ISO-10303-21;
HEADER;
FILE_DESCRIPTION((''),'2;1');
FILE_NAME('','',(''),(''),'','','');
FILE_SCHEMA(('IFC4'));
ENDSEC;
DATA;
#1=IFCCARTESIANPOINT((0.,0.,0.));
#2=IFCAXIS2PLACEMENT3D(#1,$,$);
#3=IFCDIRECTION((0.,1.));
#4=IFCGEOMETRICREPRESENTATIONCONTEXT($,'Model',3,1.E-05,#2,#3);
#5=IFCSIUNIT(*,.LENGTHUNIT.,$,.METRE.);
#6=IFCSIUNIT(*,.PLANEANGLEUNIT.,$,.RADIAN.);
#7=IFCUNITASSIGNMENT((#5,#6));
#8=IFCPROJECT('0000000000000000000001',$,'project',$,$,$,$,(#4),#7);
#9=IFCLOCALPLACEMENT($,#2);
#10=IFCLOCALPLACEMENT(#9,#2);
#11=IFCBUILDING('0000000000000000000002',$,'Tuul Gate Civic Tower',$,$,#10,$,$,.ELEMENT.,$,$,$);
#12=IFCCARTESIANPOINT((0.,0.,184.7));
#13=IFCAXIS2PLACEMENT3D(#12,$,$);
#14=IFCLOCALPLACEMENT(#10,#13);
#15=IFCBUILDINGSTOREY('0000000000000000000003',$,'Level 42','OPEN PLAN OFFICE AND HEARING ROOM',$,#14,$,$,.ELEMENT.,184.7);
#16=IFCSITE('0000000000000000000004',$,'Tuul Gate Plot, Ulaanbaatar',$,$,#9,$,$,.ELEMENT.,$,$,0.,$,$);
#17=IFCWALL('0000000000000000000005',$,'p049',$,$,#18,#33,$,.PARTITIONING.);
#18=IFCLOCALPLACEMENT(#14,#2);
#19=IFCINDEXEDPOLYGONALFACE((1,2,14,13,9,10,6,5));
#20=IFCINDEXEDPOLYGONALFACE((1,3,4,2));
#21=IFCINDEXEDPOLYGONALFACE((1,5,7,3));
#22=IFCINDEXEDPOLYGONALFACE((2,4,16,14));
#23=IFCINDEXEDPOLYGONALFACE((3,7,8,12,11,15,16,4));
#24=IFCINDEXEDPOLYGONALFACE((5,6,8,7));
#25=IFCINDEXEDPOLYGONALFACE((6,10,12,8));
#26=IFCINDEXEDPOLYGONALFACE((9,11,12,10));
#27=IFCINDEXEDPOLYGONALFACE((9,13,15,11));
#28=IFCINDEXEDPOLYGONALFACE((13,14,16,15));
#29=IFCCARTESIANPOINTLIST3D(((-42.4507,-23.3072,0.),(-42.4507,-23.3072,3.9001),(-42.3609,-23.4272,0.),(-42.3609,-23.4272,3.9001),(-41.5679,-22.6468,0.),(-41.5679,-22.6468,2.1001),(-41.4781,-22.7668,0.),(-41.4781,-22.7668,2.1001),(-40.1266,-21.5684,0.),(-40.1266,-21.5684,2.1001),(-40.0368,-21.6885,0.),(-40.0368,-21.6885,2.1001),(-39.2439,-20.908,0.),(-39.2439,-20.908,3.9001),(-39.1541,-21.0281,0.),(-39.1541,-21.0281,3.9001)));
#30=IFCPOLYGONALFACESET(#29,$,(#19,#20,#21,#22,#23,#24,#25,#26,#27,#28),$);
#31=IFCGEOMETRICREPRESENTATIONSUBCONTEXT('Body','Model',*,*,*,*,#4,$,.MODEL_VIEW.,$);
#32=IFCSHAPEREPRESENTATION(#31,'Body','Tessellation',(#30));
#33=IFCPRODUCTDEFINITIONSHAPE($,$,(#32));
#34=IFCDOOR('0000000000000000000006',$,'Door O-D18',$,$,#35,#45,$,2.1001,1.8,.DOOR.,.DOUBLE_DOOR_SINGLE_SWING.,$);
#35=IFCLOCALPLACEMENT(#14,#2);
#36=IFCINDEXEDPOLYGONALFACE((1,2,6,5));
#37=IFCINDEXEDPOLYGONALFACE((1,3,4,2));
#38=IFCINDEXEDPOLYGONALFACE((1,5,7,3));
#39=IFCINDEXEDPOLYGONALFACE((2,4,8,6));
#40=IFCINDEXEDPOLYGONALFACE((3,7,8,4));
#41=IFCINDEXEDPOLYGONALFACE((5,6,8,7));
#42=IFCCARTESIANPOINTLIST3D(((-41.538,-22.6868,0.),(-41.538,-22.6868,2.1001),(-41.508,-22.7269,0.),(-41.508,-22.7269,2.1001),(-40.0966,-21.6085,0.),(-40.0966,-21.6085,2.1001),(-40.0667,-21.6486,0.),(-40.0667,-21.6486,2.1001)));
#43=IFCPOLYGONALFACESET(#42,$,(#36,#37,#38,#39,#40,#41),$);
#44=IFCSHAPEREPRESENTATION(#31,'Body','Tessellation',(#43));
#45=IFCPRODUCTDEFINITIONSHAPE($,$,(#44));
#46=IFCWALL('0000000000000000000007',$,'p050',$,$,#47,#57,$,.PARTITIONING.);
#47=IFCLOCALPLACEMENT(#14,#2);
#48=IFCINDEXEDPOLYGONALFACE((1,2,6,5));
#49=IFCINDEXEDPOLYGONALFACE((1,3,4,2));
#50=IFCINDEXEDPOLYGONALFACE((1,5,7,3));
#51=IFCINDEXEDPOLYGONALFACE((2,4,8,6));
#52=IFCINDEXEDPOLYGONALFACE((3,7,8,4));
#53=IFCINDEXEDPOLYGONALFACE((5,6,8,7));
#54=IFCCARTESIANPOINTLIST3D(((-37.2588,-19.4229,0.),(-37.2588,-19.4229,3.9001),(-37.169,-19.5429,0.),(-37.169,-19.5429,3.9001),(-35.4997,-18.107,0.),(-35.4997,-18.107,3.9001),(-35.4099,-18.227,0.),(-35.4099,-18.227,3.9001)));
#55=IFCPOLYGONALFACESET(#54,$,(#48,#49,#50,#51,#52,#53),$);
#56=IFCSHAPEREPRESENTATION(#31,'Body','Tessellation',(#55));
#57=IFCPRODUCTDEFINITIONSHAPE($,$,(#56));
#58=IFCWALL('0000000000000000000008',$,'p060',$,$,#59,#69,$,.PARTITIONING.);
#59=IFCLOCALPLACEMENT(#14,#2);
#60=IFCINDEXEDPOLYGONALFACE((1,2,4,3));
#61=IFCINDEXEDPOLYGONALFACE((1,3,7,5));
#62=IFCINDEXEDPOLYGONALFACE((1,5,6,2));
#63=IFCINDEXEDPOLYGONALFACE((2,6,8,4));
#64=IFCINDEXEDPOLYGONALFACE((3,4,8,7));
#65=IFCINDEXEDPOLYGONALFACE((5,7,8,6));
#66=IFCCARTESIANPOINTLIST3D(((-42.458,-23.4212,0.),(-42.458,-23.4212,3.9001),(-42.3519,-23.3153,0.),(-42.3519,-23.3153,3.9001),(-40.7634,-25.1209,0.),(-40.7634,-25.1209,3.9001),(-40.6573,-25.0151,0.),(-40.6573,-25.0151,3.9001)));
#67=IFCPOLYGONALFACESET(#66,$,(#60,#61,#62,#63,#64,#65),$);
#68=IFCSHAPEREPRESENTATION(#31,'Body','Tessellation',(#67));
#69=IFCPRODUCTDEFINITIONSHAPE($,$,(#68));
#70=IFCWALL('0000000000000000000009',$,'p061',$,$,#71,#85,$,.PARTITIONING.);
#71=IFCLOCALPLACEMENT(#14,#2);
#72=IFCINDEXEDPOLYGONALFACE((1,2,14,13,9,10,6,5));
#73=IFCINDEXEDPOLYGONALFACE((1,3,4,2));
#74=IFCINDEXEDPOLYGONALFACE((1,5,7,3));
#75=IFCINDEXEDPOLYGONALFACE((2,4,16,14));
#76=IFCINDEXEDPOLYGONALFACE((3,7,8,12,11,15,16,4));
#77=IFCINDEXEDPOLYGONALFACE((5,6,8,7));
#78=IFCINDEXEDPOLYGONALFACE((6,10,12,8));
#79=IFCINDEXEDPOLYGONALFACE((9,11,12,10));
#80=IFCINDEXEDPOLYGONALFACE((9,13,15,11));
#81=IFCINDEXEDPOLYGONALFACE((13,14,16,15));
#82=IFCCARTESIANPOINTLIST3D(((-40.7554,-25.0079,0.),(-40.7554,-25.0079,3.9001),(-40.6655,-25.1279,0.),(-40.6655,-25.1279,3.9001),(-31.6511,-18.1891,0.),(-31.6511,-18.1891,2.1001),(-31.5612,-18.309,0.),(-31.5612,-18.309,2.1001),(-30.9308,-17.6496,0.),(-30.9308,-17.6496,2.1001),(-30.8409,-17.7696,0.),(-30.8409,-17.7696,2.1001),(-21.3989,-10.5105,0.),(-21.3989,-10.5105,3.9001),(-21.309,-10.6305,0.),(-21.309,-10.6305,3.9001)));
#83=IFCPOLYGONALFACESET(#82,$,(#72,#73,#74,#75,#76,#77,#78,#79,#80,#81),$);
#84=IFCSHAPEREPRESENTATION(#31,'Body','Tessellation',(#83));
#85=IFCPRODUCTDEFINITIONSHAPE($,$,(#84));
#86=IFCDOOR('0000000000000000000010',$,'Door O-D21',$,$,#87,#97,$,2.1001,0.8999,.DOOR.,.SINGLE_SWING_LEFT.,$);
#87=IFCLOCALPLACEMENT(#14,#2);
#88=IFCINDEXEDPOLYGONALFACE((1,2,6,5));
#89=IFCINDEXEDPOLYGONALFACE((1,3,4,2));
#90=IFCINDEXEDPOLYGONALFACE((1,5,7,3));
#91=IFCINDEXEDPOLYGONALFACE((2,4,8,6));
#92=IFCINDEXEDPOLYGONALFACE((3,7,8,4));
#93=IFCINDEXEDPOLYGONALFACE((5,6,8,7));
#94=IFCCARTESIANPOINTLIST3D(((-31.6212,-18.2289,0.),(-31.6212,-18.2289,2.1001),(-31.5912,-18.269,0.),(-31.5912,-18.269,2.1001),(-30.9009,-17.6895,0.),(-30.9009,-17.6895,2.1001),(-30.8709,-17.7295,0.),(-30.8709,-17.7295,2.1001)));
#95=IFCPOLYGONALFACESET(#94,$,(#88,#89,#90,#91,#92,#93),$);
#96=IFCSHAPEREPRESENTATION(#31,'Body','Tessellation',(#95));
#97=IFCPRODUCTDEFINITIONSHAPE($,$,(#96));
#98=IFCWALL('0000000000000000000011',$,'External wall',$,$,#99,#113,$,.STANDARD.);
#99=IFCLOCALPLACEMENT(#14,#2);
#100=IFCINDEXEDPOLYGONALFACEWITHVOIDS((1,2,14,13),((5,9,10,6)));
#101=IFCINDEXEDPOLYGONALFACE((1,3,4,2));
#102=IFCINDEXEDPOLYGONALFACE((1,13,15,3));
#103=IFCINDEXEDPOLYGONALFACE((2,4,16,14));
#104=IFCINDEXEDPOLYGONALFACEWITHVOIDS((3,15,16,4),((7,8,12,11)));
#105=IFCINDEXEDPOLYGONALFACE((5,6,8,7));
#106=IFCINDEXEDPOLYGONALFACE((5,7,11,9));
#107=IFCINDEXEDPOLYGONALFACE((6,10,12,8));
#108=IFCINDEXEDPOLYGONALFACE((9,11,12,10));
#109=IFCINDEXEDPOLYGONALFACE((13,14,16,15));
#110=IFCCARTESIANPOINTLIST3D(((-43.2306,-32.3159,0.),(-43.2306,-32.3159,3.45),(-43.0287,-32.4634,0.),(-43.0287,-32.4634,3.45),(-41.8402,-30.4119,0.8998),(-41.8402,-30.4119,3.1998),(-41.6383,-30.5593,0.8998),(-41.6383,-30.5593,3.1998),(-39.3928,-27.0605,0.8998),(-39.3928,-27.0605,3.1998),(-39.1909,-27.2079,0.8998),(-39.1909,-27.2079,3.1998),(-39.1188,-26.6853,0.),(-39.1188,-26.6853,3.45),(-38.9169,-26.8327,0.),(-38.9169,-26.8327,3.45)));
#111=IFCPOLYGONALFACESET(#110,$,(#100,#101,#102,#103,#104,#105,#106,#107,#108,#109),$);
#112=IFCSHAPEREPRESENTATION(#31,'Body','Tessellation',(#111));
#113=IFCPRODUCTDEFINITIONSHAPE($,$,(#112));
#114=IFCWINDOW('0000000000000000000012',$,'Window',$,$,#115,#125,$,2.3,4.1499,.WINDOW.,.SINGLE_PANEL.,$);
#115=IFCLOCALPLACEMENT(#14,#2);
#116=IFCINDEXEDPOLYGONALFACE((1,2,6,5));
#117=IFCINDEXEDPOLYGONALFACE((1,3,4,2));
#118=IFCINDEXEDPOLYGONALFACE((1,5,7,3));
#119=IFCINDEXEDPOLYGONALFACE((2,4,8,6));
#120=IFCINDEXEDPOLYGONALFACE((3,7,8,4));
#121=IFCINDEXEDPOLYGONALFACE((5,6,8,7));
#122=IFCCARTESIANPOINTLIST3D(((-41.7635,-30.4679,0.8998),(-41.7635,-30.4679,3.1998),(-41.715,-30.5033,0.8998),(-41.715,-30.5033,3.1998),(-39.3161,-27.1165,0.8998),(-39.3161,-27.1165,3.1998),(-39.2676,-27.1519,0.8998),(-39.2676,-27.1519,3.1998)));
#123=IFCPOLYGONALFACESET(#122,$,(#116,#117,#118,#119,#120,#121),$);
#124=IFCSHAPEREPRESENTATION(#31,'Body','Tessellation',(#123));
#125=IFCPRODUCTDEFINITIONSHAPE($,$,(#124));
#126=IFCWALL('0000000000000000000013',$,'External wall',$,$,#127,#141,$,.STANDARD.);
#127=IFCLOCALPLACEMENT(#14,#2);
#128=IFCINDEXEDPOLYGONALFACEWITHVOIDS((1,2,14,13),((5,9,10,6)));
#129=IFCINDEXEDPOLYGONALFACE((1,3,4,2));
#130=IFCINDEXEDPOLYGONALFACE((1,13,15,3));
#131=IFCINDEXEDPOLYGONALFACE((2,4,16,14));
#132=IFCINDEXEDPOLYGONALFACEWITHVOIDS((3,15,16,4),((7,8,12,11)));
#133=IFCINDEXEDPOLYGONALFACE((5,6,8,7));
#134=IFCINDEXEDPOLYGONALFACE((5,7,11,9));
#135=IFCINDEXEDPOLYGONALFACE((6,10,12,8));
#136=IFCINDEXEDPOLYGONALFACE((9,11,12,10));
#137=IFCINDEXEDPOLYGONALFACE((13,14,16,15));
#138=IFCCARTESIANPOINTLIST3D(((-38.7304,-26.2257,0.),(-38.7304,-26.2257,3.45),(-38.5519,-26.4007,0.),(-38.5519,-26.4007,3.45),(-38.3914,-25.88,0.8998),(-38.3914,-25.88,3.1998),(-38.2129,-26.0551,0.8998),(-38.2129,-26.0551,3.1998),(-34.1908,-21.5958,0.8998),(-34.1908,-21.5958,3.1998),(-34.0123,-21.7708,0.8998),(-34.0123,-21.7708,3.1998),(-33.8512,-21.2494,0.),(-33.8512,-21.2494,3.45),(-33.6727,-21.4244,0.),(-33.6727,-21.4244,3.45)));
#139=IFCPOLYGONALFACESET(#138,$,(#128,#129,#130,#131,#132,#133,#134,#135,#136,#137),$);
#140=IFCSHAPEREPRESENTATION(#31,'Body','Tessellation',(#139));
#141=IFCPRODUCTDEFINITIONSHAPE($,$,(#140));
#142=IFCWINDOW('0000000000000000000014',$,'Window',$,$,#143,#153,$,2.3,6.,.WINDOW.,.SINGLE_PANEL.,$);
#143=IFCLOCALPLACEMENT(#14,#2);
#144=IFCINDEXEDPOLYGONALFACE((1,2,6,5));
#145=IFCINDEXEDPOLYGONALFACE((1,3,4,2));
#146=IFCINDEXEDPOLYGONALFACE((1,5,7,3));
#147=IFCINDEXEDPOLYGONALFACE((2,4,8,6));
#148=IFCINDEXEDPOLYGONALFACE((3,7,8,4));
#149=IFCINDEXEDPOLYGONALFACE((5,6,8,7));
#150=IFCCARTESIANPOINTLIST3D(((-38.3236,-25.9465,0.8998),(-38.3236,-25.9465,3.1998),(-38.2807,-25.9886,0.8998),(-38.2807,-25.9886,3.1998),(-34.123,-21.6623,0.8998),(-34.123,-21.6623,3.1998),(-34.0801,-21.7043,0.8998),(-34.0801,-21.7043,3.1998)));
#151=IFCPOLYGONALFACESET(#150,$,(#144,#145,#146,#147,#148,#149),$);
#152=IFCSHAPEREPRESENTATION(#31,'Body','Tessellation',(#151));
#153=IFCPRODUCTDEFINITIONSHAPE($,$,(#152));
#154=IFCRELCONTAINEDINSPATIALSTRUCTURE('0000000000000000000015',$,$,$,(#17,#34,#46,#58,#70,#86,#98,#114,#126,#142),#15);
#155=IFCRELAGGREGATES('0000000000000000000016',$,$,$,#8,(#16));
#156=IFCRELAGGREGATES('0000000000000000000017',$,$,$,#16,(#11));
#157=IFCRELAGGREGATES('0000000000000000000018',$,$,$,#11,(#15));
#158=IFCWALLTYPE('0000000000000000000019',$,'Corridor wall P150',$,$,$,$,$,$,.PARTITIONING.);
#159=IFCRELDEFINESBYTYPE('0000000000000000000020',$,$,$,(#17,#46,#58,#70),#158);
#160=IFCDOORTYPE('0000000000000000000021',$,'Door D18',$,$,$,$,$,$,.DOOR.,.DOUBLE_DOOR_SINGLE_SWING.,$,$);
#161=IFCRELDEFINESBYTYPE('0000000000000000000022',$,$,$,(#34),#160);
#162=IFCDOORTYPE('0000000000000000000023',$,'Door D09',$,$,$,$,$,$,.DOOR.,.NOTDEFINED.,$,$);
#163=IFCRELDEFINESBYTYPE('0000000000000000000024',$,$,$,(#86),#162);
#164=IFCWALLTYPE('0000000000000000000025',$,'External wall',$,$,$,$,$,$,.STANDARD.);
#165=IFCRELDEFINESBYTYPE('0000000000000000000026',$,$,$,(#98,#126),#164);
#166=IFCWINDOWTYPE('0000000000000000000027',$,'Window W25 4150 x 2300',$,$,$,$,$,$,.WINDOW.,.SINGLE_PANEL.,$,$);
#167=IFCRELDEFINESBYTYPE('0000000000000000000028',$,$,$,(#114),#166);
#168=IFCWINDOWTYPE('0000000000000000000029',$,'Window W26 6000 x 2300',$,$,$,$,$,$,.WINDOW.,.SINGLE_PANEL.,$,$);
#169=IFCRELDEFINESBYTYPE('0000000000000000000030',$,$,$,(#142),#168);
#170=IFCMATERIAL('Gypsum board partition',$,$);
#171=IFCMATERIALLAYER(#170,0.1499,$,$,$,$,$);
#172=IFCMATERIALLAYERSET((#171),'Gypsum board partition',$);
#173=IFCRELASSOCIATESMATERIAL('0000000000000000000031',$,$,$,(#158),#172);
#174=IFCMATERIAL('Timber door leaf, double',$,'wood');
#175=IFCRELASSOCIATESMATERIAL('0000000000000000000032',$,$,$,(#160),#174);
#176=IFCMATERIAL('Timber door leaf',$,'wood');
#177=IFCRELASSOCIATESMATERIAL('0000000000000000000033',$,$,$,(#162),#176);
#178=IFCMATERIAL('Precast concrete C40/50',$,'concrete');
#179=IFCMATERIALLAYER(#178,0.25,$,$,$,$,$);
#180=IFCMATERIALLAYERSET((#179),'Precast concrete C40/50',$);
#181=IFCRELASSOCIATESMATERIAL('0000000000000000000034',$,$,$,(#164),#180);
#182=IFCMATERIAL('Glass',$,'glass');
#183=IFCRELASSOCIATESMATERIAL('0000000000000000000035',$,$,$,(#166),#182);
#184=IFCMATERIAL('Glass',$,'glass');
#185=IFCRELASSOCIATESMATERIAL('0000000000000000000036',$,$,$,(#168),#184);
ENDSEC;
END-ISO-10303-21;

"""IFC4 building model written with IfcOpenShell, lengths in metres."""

from ifc_helpers import new_model, si_unit, direction, frame, frame_2d, origin, place, context, subcontext, project, spatial, rectangle, extrude, material, layer, layer_set, type_object, element, fill, save


model = new_model("IFC4")

# Units and contexts
model_context = context("Model", 3, precision=1e-05, world=origin(), true_north=direction((0.0, 1.0)))
body_context = subcontext(model_context, "Body", "Model", "MODEL_VIEW")
ifc_project = project(units=[si_unit("LENGTHUNIT", "METRE"), si_unit("PLANEANGLEUNIT", "RADIAN")], contexts=[model_context])

# Site, building, storey
site_placement = place(None, origin())
site = spatial("IfcSite", under=ifc_project, at=site_placement, Name="Tuul Gate Plot, Ulaanbaatar", CompositionType="ELEMENT", RefElevation=0.0)
building_placement = place(site_placement, origin())
building = spatial("IfcBuilding", under=site, at=building_placement, Name="Tuul Gate Civic Tower", CompositionType="ELEMENT")
storey_placement = place(building_placement, frame((0.0, 0.0, 184.7)))
storey = spatial("IfcBuildingStorey", under=building, at=storey_placement, Name="Level 42", Description="OPEN PLAN OFFICE AND HEARING ROOM", CompositionType="ELEMENT", Elevation=184.7)

# Wall, opening, door
ifc_material_1 = material(Name="Gypsum board partition")
ifc_layer_1 = layer(ifc_material_1, 0.1499)
ifc_layer_set_1 = layer_set([ifc_layer_1], Name="Gypsum board partition")
wall_type_1 = type_object("IfcWallType", Name="Corridor wall P150", PredefinedType="PARTITIONING", material=ifc_layer_set_1)
wall_1_placement = place(storey_placement, frame((-42.4058, -23.3672, 0.0), z_axis=(0.0, 0.0, 1.0), x_axis=(0.800709, 0.599053, 0.0)))
wall_1 = element("IfcWall", 1, at=wall_1_placement, inside=storey, type_object=wall_type_1, Name="p049", PredefinedType="PARTITIONING", context=body_context, shape_type="SweptSolid", body=[
    extrude(rectangle(XDim=4.0049, YDim=0.1499, at=frame_2d((2.0024, 0.0))), origin(), (0.0, 0.0, 1.0), 3.9001),
])
opening_1_placement = place(wall_1_placement, frame((1.1025, 0.0, 0.0)))
opening_1 = element("IfcOpeningElement", 2, at=opening_1_placement, cuts=wall_1, PredefinedType="OPENING", context=body_context, shape_type="SweptSolid", body=[
    extrude(rectangle(XDim=1.8, YDim=2.1001, at=frame_2d((0.8999, 1.05))), frame((0.0, 0.085, 0.0), z_axis=(0.0, -1.0, 0.0), x_axis=(1.0, 0.0, 0.0)), (0.0, 0.0, 1.0), 0.1699),
])
ifc_material_2 = material(Name="Timber door leaf, double", Category="wood")
door_type_1 = type_object("IfcDoorType", Name="Door D18", OperationType="DOUBLE_DOOR_SINGLE_SWING", PredefinedType="DOOR", material=ifc_material_2)
door_1_placement = place(opening_1_placement, origin())
door_1 = element("IfcDoor", 3, at=door_1_placement, inside=storey, type_object=door_type_1, Name="Door O-D18", OperationType="DOUBLE_DOOR_SINGLE_SWING", OverallHeight=2.1001, OverallWidth=1.8, PredefinedType="DOOR", context=body_context, shape_type="SweptSolid", body=[
    extrude(rectangle(XDim=1.8, YDim=2.1001, at=frame_2d((0.8999, 1.05))), frame((0.0, 0.0249, 0.0), z_axis=(0.0, -1.0, 0.0), x_axis=(1.0, 0.0, 0.0)), (0.0, 0.0, 1.0), 0.05),
])
fill(opening_1, door_1)

# Walls
wall_2_placement = place(storey_placement, frame((-37.2139, -19.4829, 0.0), z_axis=(0.0, 0.0, 1.0), x_axis=(0.800733, 0.599022, 0.0)))
element("IfcWall", 4, at=wall_2_placement, inside=storey, type_object=wall_type_1, Name="p050", PredefinedType="PARTITIONING", context=body_context, shape_type="SweptSolid", body=[
    extrude(rectangle(XDim=2.1968, YDim=0.1499, at=frame_2d((1.0984, 0.0))), origin(), (0.0, 0.0, 1.0), 3.9001),
])
wall_3_placement = place(storey_placement, frame((-42.405, -23.3682, 0.0), z_axis=(0.0, 0.0, 1.0), x_axis=(0.706038, -0.708174, 0.0)))
element("IfcWall", 5, at=wall_3_placement, inside=storey, type_object=wall_type_1, Name="p060", PredefinedType="PARTITIONING", context=body_context, shape_type="SweptSolid", body=[
    extrude(rectangle(XDim=2.4001, YDim=0.1499, at=frame_2d((1.2002, 0.0))), origin(), (0.0, 0.0, 1.0), 3.9001),
])

# Wall, opening, door
wall_4_placement = place(storey_placement, frame((-40.7104, -25.0679, 0.0), z_axis=(0.0, 0.0, 1.0), x_axis=(0.800397, 0.59947, 0.0)))
wall_4 = element("IfcWall", 6, at=wall_4_placement, inside=storey, type_object=wall_type_1, Name="p061", PredefinedType="PARTITIONING", context=body_context, shape_type="SweptSolid", body=[
    extrude(rectangle(XDim=24.1836, YDim=0.1499, at=frame_2d((12.0918, 0.0))), origin(), (0.0, 0.0, 1.0), 3.9001),
])
opening_2_placement = place(wall_4_placement, frame((11.3748, 0.0, 0.0)))
opening_2 = element("IfcOpeningElement", 7, at=opening_2_placement, cuts=wall_4, PredefinedType="OPENING", context=body_context, shape_type="SweptSolid", body=[
    extrude(rectangle(XDim=0.8999, YDim=2.1001, at=frame_2d((0.45, 1.05))), frame((0.0, 0.085, 0.0), z_axis=(0.0, -1.0, 0.0), x_axis=(1.0, 0.0, 0.0)), (0.0, 0.0, 1.0), 0.1699),
])
ifc_material_3 = material(Name="Timber door leaf", Category="wood")
door_type_2 = type_object("IfcDoorType", Name="Door D09", OperationType="NOTDEFINED", PredefinedType="DOOR", material=ifc_material_3)
door_2_placement = place(opening_2_placement, frame((0.8999, 0.0, 0.0), z_axis=(0.0, 0.0, 1.0), x_axis=(-1.0, 0.0, 0.0)))
door_2 = element("IfcDoor", 8, at=door_2_placement, inside=storey, type_object=door_type_2, Name="Door O-D21", OperationType="SINGLE_SWING_LEFT", OverallHeight=2.1001, OverallWidth=0.8999, PredefinedType="DOOR", context=body_context, shape_type="SweptSolid", body=[
    extrude(rectangle(XDim=0.8999, YDim=2.1001, at=frame_2d((0.45, 1.05))), frame((0.0, 0.0249, 0.0), z_axis=(0.0, -1.0, 0.0), x_axis=(1.0, 0.0, 0.0)), (0.0, 0.0, 1.0), 0.05),
])
fill(opening_2, door_2)

# Walls, openings, windows
ifc_material_4 = material(Name="Precast concrete C40/50", Category="concrete")
ifc_layer_2 = layer(ifc_material_4, 0.25)
ifc_layer_set_2 = layer_set([ifc_layer_2], Name="Precast concrete C40/50")
wall_type_2 = type_object("IfcWallType", Name="External wall", PredefinedType="STANDARD", material=ifc_layer_set_2)
wall_5_placement = place(storey_placement, frame((-43.1296, -32.3896, 0.0), z_axis=(0.0, 0.0, 1.0), x_axis=(0.589749, 0.807587, 0.0)))
wall_5 = element("IfcWall", 9, at=wall_5_placement, inside=storey, type_object=wall_type_2, Name="External wall", PredefinedType="STANDARD", context=body_context, shape_type="SweptSolid", body=[
    extrude(rectangle(XDim=6.9722, YDim=0.25, at=frame_2d((3.4861, 0.0))), origin(), (0.0, 0.0, 1.0), 3.45),
])
opening_3_placement = place(wall_5_placement, frame((2.3577, 0.0, 0.8999)))
opening_3 = element("IfcOpeningElement", 10, at=opening_3_placement, cuts=wall_5, PredefinedType="OPENING", context=body_context, shape_type="SweptSolid", body=[
    extrude(rectangle(XDim=4.1499, YDim=2.3, at=frame_2d((2.075, 1.1499))), frame((0.0, 0.135, 0.0), z_axis=(0.0, -1.0, 0.0), x_axis=(1.0, 0.0, 0.0)), (0.0, 0.0, 1.0), 0.27),
])
ifc_material_5 = material(Name="Glass", Category="glass")
window_type_1 = type_object("IfcWindowType", Name="Window W25 4150 x 2300", PartitioningType="SINGLE_PANEL", PredefinedType="WINDOW", material=ifc_material_5)
window_1_placement = place(opening_3_placement, origin())
window_1 = element("IfcWindow", 11, at=window_1_placement, inside=storey, type_object=window_type_1, Name="Window", OverallHeight=2.3, OverallWidth=4.1499, PartitioningType="SINGLE_PANEL", PredefinedType="WINDOW", context=body_context, shape_type="SweptSolid", body=[
    extrude(rectangle(XDim=4.1499, YDim=2.3, at=frame_2d((2.075, 1.1499))), frame((0.0, 0.03, 0.0), z_axis=(0.0, -1.0, 0.0), x_axis=(1.0, 0.0, 0.0)), (0.0, 0.0, 1.0), 0.0601),
])
fill(opening_3, window_1)
wall_6_placement = place(storey_placement, frame((-38.6411, -26.3132, 0.0), z_axis=(0.0, 0.0, 1.0), x_axis=(0.700101, 0.714044, 0.0)))
wall_6 = element("IfcWall", 12, at=wall_6_placement, inside=storey, type_object=wall_type_2, Name="External wall", PredefinedType="STANDARD", context=body_context, shape_type="SweptSolid", body=[
    extrude(rectangle(XDim=6.9692, YDim=0.25, at=frame_2d((3.4846, 0.0))), origin(), (0.0, 0.0, 1.0), 3.45),
])
opening_4_placement = place(wall_6_placement, frame((0.4841, 0.0, 0.8999)))
opening_4 = element("IfcOpeningElement", 13, at=opening_4_placement, cuts=wall_6, PredefinedType="OPENING", context=body_context, shape_type="SweptSolid", body=[
    extrude(rectangle(XDim=6.0, YDim=2.3, at=frame_2d((3.0, 1.1499))), frame((0.0, 0.135, 0.0), z_axis=(0.0, -1.0, 0.0), x_axis=(1.0, 0.0, 0.0)), (0.0, 0.0, 1.0), 0.27),
])
ifc_material_6 = material(Name="Glass", Category="glass")
window_type_2 = type_object("IfcWindowType", Name="Window W26 6000 x 2300", PartitioningType="SINGLE_PANEL", PredefinedType="WINDOW", material=ifc_material_6)
window_2_placement = place(opening_4_placement, origin())
window_2 = element("IfcWindow", 14, at=window_2_placement, inside=storey, type_object=window_type_2, Name="Window", OverallHeight=2.3, OverallWidth=6.0, PartitioningType="SINGLE_PANEL", PredefinedType="WINDOW", context=body_context, shape_type="SweptSolid", body=[
    extrude(rectangle(XDim=6.0, YDim=2.3, at=frame_2d((3.0, 1.1499))), frame((0.0, 0.03, 0.0), z_axis=(0.0, -1.0, 0.0), x_axis=(1.0, 0.0, 0.0)), (0.0, 0.0, 1.0), 0.0601),
])
fill(opening_4, window_2)

save(model, "model.ifc")
